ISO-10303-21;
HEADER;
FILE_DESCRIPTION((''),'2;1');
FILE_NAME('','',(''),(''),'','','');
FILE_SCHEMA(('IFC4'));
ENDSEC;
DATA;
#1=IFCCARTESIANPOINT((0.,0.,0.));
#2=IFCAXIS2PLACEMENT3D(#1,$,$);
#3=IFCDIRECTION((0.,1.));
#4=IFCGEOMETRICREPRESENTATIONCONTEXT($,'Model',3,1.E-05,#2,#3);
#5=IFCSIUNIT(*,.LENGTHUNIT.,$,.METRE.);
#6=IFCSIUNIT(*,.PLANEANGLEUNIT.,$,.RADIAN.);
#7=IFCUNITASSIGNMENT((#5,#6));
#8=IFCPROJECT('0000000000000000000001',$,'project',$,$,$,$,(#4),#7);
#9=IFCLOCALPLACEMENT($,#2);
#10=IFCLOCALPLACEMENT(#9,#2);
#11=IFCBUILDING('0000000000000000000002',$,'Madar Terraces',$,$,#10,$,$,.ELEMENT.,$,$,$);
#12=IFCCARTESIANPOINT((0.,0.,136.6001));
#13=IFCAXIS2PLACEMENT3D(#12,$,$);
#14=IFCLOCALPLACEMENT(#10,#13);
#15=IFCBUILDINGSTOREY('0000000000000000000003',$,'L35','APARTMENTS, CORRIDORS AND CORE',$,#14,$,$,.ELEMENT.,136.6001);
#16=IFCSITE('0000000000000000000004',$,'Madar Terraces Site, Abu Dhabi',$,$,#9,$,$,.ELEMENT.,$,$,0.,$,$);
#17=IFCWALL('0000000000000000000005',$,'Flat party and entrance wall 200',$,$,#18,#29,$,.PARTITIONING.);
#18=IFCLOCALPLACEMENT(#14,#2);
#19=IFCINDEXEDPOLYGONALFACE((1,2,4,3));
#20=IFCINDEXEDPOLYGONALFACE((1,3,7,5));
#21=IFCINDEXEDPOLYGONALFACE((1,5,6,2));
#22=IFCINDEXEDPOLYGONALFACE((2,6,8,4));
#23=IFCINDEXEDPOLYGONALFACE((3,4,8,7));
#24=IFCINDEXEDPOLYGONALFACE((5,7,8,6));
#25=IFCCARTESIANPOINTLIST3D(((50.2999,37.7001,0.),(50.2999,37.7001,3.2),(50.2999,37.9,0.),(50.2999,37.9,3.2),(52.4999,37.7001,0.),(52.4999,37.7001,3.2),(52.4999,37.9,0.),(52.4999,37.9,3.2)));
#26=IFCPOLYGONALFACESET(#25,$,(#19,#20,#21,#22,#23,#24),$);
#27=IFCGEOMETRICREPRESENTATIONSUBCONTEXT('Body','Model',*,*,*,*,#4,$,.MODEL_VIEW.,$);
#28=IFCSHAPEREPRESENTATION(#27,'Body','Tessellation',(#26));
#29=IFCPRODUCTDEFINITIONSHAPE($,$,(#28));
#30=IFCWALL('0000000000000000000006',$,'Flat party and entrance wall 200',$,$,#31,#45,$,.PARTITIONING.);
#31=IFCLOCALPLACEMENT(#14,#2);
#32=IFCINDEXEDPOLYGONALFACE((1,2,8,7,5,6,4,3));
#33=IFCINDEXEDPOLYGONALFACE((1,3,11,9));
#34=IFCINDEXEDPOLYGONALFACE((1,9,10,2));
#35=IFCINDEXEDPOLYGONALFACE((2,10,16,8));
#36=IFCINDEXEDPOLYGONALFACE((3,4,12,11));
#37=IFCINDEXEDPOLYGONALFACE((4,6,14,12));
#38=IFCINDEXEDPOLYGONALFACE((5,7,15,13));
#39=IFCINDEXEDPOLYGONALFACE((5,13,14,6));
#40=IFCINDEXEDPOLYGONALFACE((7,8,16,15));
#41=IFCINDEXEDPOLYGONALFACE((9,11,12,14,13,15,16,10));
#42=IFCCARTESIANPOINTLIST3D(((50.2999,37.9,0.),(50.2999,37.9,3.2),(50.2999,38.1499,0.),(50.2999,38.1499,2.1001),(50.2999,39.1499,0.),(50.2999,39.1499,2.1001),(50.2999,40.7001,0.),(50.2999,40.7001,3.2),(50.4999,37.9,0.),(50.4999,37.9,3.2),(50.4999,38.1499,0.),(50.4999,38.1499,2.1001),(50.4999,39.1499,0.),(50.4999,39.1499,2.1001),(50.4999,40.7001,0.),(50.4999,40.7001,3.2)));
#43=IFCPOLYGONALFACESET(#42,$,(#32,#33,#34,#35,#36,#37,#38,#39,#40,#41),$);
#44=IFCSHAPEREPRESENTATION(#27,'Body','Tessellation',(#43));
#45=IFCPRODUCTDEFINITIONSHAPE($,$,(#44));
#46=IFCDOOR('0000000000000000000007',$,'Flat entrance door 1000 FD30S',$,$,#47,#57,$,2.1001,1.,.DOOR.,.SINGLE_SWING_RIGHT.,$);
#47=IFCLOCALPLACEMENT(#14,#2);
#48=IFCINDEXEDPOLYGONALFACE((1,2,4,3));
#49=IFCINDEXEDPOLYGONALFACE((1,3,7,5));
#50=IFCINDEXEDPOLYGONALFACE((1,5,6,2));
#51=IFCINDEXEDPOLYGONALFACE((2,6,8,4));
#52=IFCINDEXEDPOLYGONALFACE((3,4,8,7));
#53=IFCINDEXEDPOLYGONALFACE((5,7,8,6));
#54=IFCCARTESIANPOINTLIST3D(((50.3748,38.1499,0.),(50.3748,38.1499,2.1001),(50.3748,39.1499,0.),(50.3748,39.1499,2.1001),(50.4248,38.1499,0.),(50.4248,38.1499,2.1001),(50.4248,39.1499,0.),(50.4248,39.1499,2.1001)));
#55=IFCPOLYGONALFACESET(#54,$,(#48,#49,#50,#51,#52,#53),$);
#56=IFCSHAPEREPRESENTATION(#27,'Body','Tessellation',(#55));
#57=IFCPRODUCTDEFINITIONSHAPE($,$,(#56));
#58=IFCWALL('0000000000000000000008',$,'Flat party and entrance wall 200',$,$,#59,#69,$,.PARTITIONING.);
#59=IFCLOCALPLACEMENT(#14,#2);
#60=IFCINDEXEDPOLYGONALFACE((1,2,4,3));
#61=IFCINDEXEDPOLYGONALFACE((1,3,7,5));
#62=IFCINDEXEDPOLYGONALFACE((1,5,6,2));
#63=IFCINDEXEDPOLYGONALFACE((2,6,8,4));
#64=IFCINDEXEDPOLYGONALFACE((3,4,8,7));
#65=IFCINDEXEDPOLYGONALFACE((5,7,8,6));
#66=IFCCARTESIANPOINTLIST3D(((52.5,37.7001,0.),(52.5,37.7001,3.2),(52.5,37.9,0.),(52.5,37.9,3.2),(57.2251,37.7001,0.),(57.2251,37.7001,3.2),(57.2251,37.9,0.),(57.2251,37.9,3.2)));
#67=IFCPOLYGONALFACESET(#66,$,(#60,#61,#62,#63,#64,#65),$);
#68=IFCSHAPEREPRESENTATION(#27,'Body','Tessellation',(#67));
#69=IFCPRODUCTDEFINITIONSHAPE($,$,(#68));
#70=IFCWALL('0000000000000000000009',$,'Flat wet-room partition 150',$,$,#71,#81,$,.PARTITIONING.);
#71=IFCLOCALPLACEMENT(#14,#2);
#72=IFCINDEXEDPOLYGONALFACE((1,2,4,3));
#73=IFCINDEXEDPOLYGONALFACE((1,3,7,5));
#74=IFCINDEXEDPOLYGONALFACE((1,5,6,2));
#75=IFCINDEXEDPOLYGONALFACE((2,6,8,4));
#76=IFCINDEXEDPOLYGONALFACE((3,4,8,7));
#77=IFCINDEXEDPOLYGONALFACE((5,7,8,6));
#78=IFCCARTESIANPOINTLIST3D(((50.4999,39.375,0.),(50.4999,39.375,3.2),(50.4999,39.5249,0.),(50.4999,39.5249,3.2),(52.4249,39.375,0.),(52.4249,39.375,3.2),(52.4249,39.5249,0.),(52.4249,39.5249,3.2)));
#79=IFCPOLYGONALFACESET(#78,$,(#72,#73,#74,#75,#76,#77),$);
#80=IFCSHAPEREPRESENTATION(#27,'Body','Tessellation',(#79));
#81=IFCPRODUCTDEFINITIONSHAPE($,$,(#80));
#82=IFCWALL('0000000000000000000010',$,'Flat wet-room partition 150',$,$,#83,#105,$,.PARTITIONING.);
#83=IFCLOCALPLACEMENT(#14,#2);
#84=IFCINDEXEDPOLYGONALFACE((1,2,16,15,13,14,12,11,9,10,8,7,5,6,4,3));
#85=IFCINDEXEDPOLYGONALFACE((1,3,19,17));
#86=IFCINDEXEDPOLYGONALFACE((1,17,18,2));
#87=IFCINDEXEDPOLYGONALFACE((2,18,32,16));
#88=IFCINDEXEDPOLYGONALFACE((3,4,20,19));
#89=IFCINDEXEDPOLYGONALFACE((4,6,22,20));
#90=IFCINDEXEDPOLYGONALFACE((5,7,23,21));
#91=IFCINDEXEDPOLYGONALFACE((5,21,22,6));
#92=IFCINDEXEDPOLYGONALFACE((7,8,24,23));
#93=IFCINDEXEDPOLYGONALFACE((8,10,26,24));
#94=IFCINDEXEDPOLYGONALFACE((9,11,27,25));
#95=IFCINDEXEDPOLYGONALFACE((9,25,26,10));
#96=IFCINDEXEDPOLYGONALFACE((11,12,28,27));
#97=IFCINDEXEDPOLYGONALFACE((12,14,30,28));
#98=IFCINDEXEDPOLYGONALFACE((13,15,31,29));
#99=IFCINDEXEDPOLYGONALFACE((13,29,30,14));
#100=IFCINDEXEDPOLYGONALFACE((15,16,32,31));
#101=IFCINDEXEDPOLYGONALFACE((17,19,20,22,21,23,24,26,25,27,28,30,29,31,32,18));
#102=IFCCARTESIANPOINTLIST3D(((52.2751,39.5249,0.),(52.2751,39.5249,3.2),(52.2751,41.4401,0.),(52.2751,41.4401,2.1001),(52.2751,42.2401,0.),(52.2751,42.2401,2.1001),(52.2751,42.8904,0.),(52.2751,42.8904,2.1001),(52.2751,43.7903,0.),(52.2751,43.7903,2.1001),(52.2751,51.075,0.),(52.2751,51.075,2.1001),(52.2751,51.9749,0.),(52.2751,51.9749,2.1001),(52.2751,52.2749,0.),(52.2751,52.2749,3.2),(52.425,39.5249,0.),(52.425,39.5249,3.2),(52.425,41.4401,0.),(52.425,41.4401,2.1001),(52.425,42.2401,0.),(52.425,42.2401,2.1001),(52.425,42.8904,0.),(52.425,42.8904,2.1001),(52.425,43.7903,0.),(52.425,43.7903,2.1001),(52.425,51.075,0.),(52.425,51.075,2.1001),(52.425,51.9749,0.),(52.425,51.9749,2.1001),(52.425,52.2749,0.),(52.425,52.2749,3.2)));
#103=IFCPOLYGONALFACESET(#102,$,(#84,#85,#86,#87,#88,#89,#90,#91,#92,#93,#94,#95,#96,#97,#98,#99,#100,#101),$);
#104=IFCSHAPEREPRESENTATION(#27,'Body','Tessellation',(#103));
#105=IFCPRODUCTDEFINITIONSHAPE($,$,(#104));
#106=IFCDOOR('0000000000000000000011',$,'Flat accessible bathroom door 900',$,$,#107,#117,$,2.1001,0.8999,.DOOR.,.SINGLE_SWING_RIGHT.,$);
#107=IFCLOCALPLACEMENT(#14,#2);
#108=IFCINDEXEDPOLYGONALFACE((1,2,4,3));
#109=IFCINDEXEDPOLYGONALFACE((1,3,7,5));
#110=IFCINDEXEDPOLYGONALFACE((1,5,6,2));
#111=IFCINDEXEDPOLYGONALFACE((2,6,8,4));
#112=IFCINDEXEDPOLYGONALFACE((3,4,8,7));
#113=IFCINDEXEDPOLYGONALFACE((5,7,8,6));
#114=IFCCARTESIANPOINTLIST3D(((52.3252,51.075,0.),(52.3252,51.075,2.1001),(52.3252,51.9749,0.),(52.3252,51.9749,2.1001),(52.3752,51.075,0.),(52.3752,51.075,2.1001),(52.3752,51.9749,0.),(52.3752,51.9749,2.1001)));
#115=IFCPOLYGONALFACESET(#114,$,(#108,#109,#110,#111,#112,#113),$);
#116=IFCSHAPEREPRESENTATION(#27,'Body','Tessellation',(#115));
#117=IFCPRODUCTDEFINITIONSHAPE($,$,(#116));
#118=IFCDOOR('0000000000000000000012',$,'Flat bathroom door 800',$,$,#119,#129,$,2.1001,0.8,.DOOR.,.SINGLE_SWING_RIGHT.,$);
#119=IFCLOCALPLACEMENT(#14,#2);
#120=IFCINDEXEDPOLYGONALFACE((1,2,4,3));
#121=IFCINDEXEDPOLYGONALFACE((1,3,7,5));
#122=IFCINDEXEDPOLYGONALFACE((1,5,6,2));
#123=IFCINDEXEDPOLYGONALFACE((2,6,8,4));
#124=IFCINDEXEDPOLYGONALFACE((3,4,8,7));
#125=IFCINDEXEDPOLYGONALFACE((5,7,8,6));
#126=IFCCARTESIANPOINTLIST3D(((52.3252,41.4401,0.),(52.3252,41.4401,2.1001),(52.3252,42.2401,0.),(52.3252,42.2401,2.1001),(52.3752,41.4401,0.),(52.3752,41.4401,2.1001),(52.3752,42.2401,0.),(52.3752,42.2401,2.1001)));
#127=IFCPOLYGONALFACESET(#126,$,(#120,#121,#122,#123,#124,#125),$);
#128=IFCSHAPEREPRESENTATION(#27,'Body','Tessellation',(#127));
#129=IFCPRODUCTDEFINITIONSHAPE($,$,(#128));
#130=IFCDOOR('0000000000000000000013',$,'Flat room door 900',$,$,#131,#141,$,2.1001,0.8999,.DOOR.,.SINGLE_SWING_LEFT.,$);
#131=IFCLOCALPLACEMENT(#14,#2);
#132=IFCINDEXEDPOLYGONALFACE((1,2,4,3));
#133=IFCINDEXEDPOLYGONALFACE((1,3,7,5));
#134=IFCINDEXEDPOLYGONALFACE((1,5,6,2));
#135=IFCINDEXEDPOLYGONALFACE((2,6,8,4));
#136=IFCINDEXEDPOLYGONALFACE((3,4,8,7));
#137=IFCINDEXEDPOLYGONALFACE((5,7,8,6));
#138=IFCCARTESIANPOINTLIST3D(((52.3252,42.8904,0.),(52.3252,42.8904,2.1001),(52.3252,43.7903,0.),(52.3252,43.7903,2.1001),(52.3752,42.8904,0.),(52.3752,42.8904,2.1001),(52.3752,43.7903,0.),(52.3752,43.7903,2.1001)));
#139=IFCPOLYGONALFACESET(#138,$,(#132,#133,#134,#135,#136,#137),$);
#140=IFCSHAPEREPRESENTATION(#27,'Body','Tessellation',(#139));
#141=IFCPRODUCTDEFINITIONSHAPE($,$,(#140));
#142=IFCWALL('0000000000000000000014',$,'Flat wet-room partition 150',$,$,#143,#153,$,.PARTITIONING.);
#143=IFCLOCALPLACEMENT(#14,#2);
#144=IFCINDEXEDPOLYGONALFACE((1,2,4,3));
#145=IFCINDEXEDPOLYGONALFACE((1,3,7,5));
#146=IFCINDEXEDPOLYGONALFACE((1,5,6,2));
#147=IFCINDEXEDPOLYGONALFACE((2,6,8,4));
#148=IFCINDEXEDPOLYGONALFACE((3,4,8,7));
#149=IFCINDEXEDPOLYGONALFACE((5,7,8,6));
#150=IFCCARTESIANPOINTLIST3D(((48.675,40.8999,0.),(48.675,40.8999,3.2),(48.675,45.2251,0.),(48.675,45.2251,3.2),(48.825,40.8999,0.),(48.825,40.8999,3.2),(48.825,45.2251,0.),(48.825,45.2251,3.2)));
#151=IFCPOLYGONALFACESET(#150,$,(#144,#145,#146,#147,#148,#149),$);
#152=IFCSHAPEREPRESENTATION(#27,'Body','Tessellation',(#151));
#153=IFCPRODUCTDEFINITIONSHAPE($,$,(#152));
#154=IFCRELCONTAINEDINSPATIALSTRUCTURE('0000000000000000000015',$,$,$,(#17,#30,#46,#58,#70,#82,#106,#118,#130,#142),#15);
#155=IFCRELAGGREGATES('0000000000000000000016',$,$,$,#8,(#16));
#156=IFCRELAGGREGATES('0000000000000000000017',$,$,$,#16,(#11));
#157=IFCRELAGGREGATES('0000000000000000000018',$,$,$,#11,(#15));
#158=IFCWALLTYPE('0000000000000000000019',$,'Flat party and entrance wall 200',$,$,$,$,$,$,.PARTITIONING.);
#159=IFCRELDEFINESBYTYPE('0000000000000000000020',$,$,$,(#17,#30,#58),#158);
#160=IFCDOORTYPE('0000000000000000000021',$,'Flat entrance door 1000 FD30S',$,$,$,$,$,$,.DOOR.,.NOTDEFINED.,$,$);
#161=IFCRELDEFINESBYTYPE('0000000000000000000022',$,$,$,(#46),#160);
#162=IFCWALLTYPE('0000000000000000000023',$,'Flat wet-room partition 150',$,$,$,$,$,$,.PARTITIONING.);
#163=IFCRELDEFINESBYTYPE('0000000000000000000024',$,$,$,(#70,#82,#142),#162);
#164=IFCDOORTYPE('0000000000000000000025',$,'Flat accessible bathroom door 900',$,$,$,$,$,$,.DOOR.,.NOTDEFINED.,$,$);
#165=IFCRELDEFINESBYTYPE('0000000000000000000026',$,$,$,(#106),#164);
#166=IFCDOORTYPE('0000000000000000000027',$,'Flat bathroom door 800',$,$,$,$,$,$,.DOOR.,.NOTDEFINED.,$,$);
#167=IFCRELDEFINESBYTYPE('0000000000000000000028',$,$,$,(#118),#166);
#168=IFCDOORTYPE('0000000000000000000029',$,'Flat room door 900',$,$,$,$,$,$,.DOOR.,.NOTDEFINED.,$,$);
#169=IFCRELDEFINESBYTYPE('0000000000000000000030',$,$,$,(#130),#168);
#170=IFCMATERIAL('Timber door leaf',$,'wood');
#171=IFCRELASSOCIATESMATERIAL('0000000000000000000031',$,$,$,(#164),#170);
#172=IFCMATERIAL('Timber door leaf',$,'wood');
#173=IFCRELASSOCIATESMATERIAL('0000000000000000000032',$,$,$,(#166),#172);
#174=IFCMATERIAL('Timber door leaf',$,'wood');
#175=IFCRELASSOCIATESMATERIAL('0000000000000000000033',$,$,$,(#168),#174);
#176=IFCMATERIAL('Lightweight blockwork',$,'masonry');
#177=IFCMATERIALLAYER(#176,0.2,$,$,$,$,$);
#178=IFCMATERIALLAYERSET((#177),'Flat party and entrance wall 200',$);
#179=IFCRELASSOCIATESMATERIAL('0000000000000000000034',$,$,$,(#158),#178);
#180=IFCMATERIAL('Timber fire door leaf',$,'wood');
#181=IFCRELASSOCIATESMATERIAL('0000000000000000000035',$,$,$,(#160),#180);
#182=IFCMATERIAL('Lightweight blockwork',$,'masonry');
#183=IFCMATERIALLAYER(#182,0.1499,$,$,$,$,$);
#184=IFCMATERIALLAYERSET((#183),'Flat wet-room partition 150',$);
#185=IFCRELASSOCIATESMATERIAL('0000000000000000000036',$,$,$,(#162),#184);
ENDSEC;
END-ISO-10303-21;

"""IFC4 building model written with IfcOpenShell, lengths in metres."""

from ifc_helpers import new_model, si_unit, direction, frame, frame_2d, origin, place, context, subcontext, project, spatial, rectangle, extrude, material, layer, layer_set, type_object, element, fill, save


model = new_model("IFC4")

# Units and contexts
model_context = context("Model", 3, precision=1e-05, world=origin(), true_north=direction((0.0, 1.0)))
body_context = subcontext(model_context, "Body", "Model", "MODEL_VIEW")
ifc_project = project(units=[si_unit("LENGTHUNIT", "METRE"), si_unit("PLANEANGLEUNIT", "RADIAN")], contexts=[model_context])

# Site, building, storey
site_placement = place(None, origin())
site = spatial("IfcSite", under=ifc_project, at=site_placement, Name="Madar Terraces Site, Abu Dhabi", CompositionType="ELEMENT", RefElevation=0.0)
building_placement = place(site_placement, origin())
building = spatial("IfcBuilding", under=site, at=building_placement, Name="Madar Terraces", CompositionType="ELEMENT")
storey_placement = place(building_placement, frame((0.0, 0.0, 136.6001)))
storey = spatial("IfcBuildingStorey", under=building, at=storey_placement, Name="L35", Description="APARTMENTS, CORRIDORS AND CORE", CompositionType="ELEMENT", Elevation=136.6001)

# Shared definitions
ifc_material_1 = material(Name="Timber door leaf", Category="wood")
door_type_1 = type_object("IfcDoorType", Name="Flat accessible bathroom door 900", OperationType="NOTDEFINED", PredefinedType="DOOR", material=ifc_material_1)
ifc_material_2 = material(Name="Timber door leaf", Category="wood")
door_type_2 = type_object("IfcDoorType", Name="Flat bathroom door 800", OperationType="NOTDEFINED", PredefinedType="DOOR", material=ifc_material_2)
ifc_material_3 = material(Name="Timber door leaf", Category="wood")
door_type_3 = type_object("IfcDoorType", Name="Flat room door 900", OperationType="NOTDEFINED", PredefinedType="DOOR", material=ifc_material_3)

# Shared definitions
ifc_material_4 = material(Name="Lightweight blockwork", Category="masonry")
ifc_layer_1 = layer(ifc_material_4, 0.2)
ifc_layer_set_1 = layer_set([ifc_layer_1], Name="Flat party and entrance wall 200")
wall_type_1 = type_object("IfcWallType", Name="Flat party and entrance wall 200", PredefinedType="PARTITIONING", material=ifc_layer_set_1)
ifc_material_5 = material(Name="Timber fire door leaf", Category="wood")
door_type_4 = type_object("IfcDoorType", Name="Flat entrance door 1000 FD30S", OperationType="NOTDEFINED", PredefinedType="DOOR", material=ifc_material_5)

# Wall
wall_1_placement = place(storey_placement, frame((52.5, 37.8, 0.0), z_axis=(0.0, 0.0, 1.0), x_axis=(-1.0, 0.0, 0.0)))
element("IfcWall", 1, at=wall_1_placement, inside=storey, type_object=wall_type_1, Name="Flat party and entrance wall 200", PredefinedType="PARTITIONING", context=body_context, shape_type="SweptSolid", body=[
    extrude(rectangle(XDim=2.2, YDim=0.2, at=frame_2d((1.1001, 0.0))), origin(), (0.0, 0.0, 1.0), 3.2),
])

# Wall, opening, door
wall_2_placement = place(storey_placement, frame((50.3999, 40.7, 0.0), z_axis=(0.0, 0.0, 1.0), x_axis=(0.0, -1.0, 0.0)))
wall_2 = element("IfcWall", 2, at=wall_2_placement, inside=storey, type_object=wall_type_1, Name="Flat party and entrance wall 200", PredefinedType="PARTITIONING", context=body_context, shape_type="SweptSolid", body=[
    extrude(rectangle(XDim=2.8, YDim=0.2, at=frame_2d((1.3999, 0.0))), origin(), (0.0, 0.0, 1.0), 3.2),
])
opening_1_placement = place(wall_2_placement, frame((1.55, 0.0, 0.0)))
opening_1 = element("IfcOpeningElement", 3, at=opening_1_placement, cuts=wall_2, PredefinedType="OPENING", context=body_context, shape_type="SweptSolid", body=[
    extrude(rectangle(XDim=1.0, YDim=2.1001, at=frame_2d((0.5, 1.05))), frame((0.0, 0.1099, 0.0), z_axis=(0.0, -1.0, 0.0), x_axis=(1.0, 0.0, 0.0)), (0.0, 0.0, 1.0), 0.22),
])
door_1_placement = place(opening_1_placement, origin())
door_1 = element("IfcDoor", 4, at=door_1_placement, inside=storey, type_object=door_type_4, Name="Flat entrance door 1000 FD30S", OperationType="SINGLE_SWING_RIGHT", OverallHeight=2.1001, OverallWidth=1.0, PredefinedType="DOOR", context=body_context, shape_type="SweptSolid", body=[
    extrude(rectangle(XDim=1.0, YDim=2.1001, at=frame_2d((0.5, 1.05))), frame((0.0, 0.0249, 0.0), z_axis=(0.0, -1.0, 0.0), x_axis=(1.0, 0.0, 0.0)), (0.0, 0.0, 1.0), 0.05),
])
fill(opening_1, door_1)

# Walls
wall_3_placement = place(storey_placement, frame((52.5, 37.8, 0.0), z_axis=(0.0, 0.0, 1.0), x_axis=(1.0, 0.0, 0.0)))
element("IfcWall", 5, at=wall_3_placement, inside=storey, type_object=wall_type_1, Name="Flat party and entrance wall 200", PredefinedType="PARTITIONING", context=body_context, shape_type="SweptSolid", body=[
    extrude(rectangle(XDim=4.7251, YDim=0.2, at=frame_2d((2.3625, 0.0))), origin(), (0.0, 0.0, 1.0), 3.2),
])
ifc_material_6 = material(Name="Lightweight blockwork", Category="masonry")
ifc_layer_2 = layer(ifc_material_6, 0.1499)
ifc_layer_set_2 = layer_set([ifc_layer_2], Name="Flat wet-room partition 150")
wall_type_2 = type_object("IfcWallType", Name="Flat wet-room partition 150", PredefinedType="PARTITIONING", material=ifc_layer_set_2)
wall_4_placement = place(storey_placement, frame((50.5, 39.45, 0.0), z_axis=(0.0, 0.0, 1.0), x_axis=(1.0, 0.0, 0.0)))
element("IfcWall", 6, at=wall_4_placement, inside=storey, type_object=wall_type_2, Name="Flat wet-room partition 150", PredefinedType="PARTITIONING", context=body_context, shape_type="SweptSolid", body=[
    extrude(rectangle(XDim=1.925, YDim=0.1499, at=frame_2d((0.9624, 0.0))), origin(), (0.0, 0.0, 1.0), 3.2),
])

# Wall, openings, doors
wall_5_placement = place(storey_placement, frame((52.3501, 39.5249, 0.0), z_axis=(0.0, 0.0, 1.0), x_axis=(0.0, 1.0, 0.0)))
wall_5 = element("IfcWall", 7, at=wall_5_placement, inside=storey, type_object=wall_type_2, Name="Flat wet-room partition 150", PredefinedType="PARTITIONING", context=body_context, shape_type="SweptSolid", body=[
    extrude(rectangle(XDim=12.75, YDim=0.1499, at=frame_2d((6.375, 0.0))), origin(), (0.0, 0.0, 1.0), 3.2),
])
opening_2_placement = place(wall_5_placement, frame((1.9153, 0.0, 0.0)))
opening_2 = element("IfcOpeningElement", 8, at=opening_2_placement, cuts=wall_5, PredefinedType="OPENING", context=body_context, shape_type="SweptSolid", body=[
    extrude(rectangle(XDim=0.8, YDim=2.1001, at=frame_2d((0.3999, 1.05))), frame((0.0, 0.085, 0.0), z_axis=(0.0, -1.0, 0.0), x_axis=(1.0, 0.0, 0.0)), (0.0, 0.0, 1.0), 0.1699),
])
opening_3_placement = place(wall_5_placement, frame((3.3655, 0.0, 0.0)))
opening_3 = element("IfcOpeningElement", 9, at=opening_3_placement, cuts=wall_5, PredefinedType="OPENING", context=body_context, shape_type="SweptSolid", body=[
    extrude(rectangle(XDim=0.8999, YDim=2.1001, at=frame_2d((0.45, 1.05))), frame((0.0, 0.085, 0.0), z_axis=(0.0, -1.0, 0.0), x_axis=(1.0, 0.0, 0.0)), (0.0, 0.0, 1.0), 0.1699),
])
opening_4_placement = place(wall_5_placement, frame((11.55, 0.0, 0.0)))
opening_4 = element("IfcOpeningElement", 10, at=opening_4_placement, cuts=wall_5, PredefinedType="OPENING", context=body_context, shape_type="SweptSolid", body=[
    extrude(rectangle(XDim=0.8999, YDim=2.1001, at=frame_2d((0.45, 1.05))), frame((0.0, 0.085, 0.0), z_axis=(0.0, -1.0, 0.0), x_axis=(1.0, 0.0, 0.0)), (0.0, 0.0, 1.0), 0.1699),
])
door_2_placement = place(opening_4_placement, origin())
door_2 = element("IfcDoor", 11, at=door_2_placement, inside=storey, type_object=door_type_1, Name="Flat accessible bathroom door 900", OperationType="SINGLE_SWING_RIGHT", OverallHeight=2.1001, OverallWidth=0.8999, PredefinedType="DOOR", context=body_context, shape_type="SweptSolid", body=[
    extrude(rectangle(XDim=0.8999, YDim=2.1001, at=frame_2d((0.45, 1.05))), frame((0.0, 0.0249, 0.0), z_axis=(0.0, -1.0, 0.0), x_axis=(1.0, 0.0, 0.0)), (0.0, 0.0, 1.0), 0.05),
])
fill(opening_4, door_2)
door_3_placement = place(opening_2_placement, origin())
door_3 = element("IfcDoor", 12, at=door_3_placement, inside=storey, type_object=door_type_2, Name="Flat bathroom door 800", OperationType="SINGLE_SWING_RIGHT", OverallHeight=2.1001, OverallWidth=0.8, PredefinedType="DOOR", context=body_context, shape_type="SweptSolid", body=[
    extrude(rectangle(XDim=0.8, YDim=2.1001, at=frame_2d((0.3999, 1.05))), frame((0.0, 0.0249, 0.0), z_axis=(0.0, -1.0, 0.0), x_axis=(1.0, 0.0, 0.0)), (0.0, 0.0, 1.0), 0.05),
])
fill(opening_2, door_3)
door_4_placement = place(opening_3_placement, origin())
door_4 = element("IfcDoor", 13, at=door_4_placement, inside=storey, type_object=door_type_3, Name="Flat room door 900", OperationType="SINGLE_SWING_LEFT", OverallHeight=2.1001, OverallWidth=0.8999, PredefinedType="DOOR", context=body_context, shape_type="SweptSolid", body=[
    extrude(rectangle(XDim=0.8999, YDim=2.1001, at=frame_2d((0.45, 1.05))), frame((0.0, 0.0249, 0.0), z_axis=(0.0, -1.0, 0.0), x_axis=(1.0, 0.0, 0.0)), (0.0, 0.0, 1.0), 0.05),
])
fill(opening_3, door_4)

# Wall
wall_6_placement = place(storey_placement, frame((48.75, 40.8999, 0.0), z_axis=(0.0, 0.0, 1.0), x_axis=(0.0, 1.0, 0.0)))
element("IfcWall", 14, at=wall_6_placement, inside=storey, type_object=wall_type_2, Name="Flat wet-room partition 150", PredefinedType="PARTITIONING", context=body_context, shape_type="SweptSolid", body=[
    extrude(rectangle(XDim=4.3252, YDim=0.1499, at=frame_2d((2.1626, 0.0))), origin(), (0.0, 0.0, 1.0), 3.2),
])

save(model, "model.ifc")
